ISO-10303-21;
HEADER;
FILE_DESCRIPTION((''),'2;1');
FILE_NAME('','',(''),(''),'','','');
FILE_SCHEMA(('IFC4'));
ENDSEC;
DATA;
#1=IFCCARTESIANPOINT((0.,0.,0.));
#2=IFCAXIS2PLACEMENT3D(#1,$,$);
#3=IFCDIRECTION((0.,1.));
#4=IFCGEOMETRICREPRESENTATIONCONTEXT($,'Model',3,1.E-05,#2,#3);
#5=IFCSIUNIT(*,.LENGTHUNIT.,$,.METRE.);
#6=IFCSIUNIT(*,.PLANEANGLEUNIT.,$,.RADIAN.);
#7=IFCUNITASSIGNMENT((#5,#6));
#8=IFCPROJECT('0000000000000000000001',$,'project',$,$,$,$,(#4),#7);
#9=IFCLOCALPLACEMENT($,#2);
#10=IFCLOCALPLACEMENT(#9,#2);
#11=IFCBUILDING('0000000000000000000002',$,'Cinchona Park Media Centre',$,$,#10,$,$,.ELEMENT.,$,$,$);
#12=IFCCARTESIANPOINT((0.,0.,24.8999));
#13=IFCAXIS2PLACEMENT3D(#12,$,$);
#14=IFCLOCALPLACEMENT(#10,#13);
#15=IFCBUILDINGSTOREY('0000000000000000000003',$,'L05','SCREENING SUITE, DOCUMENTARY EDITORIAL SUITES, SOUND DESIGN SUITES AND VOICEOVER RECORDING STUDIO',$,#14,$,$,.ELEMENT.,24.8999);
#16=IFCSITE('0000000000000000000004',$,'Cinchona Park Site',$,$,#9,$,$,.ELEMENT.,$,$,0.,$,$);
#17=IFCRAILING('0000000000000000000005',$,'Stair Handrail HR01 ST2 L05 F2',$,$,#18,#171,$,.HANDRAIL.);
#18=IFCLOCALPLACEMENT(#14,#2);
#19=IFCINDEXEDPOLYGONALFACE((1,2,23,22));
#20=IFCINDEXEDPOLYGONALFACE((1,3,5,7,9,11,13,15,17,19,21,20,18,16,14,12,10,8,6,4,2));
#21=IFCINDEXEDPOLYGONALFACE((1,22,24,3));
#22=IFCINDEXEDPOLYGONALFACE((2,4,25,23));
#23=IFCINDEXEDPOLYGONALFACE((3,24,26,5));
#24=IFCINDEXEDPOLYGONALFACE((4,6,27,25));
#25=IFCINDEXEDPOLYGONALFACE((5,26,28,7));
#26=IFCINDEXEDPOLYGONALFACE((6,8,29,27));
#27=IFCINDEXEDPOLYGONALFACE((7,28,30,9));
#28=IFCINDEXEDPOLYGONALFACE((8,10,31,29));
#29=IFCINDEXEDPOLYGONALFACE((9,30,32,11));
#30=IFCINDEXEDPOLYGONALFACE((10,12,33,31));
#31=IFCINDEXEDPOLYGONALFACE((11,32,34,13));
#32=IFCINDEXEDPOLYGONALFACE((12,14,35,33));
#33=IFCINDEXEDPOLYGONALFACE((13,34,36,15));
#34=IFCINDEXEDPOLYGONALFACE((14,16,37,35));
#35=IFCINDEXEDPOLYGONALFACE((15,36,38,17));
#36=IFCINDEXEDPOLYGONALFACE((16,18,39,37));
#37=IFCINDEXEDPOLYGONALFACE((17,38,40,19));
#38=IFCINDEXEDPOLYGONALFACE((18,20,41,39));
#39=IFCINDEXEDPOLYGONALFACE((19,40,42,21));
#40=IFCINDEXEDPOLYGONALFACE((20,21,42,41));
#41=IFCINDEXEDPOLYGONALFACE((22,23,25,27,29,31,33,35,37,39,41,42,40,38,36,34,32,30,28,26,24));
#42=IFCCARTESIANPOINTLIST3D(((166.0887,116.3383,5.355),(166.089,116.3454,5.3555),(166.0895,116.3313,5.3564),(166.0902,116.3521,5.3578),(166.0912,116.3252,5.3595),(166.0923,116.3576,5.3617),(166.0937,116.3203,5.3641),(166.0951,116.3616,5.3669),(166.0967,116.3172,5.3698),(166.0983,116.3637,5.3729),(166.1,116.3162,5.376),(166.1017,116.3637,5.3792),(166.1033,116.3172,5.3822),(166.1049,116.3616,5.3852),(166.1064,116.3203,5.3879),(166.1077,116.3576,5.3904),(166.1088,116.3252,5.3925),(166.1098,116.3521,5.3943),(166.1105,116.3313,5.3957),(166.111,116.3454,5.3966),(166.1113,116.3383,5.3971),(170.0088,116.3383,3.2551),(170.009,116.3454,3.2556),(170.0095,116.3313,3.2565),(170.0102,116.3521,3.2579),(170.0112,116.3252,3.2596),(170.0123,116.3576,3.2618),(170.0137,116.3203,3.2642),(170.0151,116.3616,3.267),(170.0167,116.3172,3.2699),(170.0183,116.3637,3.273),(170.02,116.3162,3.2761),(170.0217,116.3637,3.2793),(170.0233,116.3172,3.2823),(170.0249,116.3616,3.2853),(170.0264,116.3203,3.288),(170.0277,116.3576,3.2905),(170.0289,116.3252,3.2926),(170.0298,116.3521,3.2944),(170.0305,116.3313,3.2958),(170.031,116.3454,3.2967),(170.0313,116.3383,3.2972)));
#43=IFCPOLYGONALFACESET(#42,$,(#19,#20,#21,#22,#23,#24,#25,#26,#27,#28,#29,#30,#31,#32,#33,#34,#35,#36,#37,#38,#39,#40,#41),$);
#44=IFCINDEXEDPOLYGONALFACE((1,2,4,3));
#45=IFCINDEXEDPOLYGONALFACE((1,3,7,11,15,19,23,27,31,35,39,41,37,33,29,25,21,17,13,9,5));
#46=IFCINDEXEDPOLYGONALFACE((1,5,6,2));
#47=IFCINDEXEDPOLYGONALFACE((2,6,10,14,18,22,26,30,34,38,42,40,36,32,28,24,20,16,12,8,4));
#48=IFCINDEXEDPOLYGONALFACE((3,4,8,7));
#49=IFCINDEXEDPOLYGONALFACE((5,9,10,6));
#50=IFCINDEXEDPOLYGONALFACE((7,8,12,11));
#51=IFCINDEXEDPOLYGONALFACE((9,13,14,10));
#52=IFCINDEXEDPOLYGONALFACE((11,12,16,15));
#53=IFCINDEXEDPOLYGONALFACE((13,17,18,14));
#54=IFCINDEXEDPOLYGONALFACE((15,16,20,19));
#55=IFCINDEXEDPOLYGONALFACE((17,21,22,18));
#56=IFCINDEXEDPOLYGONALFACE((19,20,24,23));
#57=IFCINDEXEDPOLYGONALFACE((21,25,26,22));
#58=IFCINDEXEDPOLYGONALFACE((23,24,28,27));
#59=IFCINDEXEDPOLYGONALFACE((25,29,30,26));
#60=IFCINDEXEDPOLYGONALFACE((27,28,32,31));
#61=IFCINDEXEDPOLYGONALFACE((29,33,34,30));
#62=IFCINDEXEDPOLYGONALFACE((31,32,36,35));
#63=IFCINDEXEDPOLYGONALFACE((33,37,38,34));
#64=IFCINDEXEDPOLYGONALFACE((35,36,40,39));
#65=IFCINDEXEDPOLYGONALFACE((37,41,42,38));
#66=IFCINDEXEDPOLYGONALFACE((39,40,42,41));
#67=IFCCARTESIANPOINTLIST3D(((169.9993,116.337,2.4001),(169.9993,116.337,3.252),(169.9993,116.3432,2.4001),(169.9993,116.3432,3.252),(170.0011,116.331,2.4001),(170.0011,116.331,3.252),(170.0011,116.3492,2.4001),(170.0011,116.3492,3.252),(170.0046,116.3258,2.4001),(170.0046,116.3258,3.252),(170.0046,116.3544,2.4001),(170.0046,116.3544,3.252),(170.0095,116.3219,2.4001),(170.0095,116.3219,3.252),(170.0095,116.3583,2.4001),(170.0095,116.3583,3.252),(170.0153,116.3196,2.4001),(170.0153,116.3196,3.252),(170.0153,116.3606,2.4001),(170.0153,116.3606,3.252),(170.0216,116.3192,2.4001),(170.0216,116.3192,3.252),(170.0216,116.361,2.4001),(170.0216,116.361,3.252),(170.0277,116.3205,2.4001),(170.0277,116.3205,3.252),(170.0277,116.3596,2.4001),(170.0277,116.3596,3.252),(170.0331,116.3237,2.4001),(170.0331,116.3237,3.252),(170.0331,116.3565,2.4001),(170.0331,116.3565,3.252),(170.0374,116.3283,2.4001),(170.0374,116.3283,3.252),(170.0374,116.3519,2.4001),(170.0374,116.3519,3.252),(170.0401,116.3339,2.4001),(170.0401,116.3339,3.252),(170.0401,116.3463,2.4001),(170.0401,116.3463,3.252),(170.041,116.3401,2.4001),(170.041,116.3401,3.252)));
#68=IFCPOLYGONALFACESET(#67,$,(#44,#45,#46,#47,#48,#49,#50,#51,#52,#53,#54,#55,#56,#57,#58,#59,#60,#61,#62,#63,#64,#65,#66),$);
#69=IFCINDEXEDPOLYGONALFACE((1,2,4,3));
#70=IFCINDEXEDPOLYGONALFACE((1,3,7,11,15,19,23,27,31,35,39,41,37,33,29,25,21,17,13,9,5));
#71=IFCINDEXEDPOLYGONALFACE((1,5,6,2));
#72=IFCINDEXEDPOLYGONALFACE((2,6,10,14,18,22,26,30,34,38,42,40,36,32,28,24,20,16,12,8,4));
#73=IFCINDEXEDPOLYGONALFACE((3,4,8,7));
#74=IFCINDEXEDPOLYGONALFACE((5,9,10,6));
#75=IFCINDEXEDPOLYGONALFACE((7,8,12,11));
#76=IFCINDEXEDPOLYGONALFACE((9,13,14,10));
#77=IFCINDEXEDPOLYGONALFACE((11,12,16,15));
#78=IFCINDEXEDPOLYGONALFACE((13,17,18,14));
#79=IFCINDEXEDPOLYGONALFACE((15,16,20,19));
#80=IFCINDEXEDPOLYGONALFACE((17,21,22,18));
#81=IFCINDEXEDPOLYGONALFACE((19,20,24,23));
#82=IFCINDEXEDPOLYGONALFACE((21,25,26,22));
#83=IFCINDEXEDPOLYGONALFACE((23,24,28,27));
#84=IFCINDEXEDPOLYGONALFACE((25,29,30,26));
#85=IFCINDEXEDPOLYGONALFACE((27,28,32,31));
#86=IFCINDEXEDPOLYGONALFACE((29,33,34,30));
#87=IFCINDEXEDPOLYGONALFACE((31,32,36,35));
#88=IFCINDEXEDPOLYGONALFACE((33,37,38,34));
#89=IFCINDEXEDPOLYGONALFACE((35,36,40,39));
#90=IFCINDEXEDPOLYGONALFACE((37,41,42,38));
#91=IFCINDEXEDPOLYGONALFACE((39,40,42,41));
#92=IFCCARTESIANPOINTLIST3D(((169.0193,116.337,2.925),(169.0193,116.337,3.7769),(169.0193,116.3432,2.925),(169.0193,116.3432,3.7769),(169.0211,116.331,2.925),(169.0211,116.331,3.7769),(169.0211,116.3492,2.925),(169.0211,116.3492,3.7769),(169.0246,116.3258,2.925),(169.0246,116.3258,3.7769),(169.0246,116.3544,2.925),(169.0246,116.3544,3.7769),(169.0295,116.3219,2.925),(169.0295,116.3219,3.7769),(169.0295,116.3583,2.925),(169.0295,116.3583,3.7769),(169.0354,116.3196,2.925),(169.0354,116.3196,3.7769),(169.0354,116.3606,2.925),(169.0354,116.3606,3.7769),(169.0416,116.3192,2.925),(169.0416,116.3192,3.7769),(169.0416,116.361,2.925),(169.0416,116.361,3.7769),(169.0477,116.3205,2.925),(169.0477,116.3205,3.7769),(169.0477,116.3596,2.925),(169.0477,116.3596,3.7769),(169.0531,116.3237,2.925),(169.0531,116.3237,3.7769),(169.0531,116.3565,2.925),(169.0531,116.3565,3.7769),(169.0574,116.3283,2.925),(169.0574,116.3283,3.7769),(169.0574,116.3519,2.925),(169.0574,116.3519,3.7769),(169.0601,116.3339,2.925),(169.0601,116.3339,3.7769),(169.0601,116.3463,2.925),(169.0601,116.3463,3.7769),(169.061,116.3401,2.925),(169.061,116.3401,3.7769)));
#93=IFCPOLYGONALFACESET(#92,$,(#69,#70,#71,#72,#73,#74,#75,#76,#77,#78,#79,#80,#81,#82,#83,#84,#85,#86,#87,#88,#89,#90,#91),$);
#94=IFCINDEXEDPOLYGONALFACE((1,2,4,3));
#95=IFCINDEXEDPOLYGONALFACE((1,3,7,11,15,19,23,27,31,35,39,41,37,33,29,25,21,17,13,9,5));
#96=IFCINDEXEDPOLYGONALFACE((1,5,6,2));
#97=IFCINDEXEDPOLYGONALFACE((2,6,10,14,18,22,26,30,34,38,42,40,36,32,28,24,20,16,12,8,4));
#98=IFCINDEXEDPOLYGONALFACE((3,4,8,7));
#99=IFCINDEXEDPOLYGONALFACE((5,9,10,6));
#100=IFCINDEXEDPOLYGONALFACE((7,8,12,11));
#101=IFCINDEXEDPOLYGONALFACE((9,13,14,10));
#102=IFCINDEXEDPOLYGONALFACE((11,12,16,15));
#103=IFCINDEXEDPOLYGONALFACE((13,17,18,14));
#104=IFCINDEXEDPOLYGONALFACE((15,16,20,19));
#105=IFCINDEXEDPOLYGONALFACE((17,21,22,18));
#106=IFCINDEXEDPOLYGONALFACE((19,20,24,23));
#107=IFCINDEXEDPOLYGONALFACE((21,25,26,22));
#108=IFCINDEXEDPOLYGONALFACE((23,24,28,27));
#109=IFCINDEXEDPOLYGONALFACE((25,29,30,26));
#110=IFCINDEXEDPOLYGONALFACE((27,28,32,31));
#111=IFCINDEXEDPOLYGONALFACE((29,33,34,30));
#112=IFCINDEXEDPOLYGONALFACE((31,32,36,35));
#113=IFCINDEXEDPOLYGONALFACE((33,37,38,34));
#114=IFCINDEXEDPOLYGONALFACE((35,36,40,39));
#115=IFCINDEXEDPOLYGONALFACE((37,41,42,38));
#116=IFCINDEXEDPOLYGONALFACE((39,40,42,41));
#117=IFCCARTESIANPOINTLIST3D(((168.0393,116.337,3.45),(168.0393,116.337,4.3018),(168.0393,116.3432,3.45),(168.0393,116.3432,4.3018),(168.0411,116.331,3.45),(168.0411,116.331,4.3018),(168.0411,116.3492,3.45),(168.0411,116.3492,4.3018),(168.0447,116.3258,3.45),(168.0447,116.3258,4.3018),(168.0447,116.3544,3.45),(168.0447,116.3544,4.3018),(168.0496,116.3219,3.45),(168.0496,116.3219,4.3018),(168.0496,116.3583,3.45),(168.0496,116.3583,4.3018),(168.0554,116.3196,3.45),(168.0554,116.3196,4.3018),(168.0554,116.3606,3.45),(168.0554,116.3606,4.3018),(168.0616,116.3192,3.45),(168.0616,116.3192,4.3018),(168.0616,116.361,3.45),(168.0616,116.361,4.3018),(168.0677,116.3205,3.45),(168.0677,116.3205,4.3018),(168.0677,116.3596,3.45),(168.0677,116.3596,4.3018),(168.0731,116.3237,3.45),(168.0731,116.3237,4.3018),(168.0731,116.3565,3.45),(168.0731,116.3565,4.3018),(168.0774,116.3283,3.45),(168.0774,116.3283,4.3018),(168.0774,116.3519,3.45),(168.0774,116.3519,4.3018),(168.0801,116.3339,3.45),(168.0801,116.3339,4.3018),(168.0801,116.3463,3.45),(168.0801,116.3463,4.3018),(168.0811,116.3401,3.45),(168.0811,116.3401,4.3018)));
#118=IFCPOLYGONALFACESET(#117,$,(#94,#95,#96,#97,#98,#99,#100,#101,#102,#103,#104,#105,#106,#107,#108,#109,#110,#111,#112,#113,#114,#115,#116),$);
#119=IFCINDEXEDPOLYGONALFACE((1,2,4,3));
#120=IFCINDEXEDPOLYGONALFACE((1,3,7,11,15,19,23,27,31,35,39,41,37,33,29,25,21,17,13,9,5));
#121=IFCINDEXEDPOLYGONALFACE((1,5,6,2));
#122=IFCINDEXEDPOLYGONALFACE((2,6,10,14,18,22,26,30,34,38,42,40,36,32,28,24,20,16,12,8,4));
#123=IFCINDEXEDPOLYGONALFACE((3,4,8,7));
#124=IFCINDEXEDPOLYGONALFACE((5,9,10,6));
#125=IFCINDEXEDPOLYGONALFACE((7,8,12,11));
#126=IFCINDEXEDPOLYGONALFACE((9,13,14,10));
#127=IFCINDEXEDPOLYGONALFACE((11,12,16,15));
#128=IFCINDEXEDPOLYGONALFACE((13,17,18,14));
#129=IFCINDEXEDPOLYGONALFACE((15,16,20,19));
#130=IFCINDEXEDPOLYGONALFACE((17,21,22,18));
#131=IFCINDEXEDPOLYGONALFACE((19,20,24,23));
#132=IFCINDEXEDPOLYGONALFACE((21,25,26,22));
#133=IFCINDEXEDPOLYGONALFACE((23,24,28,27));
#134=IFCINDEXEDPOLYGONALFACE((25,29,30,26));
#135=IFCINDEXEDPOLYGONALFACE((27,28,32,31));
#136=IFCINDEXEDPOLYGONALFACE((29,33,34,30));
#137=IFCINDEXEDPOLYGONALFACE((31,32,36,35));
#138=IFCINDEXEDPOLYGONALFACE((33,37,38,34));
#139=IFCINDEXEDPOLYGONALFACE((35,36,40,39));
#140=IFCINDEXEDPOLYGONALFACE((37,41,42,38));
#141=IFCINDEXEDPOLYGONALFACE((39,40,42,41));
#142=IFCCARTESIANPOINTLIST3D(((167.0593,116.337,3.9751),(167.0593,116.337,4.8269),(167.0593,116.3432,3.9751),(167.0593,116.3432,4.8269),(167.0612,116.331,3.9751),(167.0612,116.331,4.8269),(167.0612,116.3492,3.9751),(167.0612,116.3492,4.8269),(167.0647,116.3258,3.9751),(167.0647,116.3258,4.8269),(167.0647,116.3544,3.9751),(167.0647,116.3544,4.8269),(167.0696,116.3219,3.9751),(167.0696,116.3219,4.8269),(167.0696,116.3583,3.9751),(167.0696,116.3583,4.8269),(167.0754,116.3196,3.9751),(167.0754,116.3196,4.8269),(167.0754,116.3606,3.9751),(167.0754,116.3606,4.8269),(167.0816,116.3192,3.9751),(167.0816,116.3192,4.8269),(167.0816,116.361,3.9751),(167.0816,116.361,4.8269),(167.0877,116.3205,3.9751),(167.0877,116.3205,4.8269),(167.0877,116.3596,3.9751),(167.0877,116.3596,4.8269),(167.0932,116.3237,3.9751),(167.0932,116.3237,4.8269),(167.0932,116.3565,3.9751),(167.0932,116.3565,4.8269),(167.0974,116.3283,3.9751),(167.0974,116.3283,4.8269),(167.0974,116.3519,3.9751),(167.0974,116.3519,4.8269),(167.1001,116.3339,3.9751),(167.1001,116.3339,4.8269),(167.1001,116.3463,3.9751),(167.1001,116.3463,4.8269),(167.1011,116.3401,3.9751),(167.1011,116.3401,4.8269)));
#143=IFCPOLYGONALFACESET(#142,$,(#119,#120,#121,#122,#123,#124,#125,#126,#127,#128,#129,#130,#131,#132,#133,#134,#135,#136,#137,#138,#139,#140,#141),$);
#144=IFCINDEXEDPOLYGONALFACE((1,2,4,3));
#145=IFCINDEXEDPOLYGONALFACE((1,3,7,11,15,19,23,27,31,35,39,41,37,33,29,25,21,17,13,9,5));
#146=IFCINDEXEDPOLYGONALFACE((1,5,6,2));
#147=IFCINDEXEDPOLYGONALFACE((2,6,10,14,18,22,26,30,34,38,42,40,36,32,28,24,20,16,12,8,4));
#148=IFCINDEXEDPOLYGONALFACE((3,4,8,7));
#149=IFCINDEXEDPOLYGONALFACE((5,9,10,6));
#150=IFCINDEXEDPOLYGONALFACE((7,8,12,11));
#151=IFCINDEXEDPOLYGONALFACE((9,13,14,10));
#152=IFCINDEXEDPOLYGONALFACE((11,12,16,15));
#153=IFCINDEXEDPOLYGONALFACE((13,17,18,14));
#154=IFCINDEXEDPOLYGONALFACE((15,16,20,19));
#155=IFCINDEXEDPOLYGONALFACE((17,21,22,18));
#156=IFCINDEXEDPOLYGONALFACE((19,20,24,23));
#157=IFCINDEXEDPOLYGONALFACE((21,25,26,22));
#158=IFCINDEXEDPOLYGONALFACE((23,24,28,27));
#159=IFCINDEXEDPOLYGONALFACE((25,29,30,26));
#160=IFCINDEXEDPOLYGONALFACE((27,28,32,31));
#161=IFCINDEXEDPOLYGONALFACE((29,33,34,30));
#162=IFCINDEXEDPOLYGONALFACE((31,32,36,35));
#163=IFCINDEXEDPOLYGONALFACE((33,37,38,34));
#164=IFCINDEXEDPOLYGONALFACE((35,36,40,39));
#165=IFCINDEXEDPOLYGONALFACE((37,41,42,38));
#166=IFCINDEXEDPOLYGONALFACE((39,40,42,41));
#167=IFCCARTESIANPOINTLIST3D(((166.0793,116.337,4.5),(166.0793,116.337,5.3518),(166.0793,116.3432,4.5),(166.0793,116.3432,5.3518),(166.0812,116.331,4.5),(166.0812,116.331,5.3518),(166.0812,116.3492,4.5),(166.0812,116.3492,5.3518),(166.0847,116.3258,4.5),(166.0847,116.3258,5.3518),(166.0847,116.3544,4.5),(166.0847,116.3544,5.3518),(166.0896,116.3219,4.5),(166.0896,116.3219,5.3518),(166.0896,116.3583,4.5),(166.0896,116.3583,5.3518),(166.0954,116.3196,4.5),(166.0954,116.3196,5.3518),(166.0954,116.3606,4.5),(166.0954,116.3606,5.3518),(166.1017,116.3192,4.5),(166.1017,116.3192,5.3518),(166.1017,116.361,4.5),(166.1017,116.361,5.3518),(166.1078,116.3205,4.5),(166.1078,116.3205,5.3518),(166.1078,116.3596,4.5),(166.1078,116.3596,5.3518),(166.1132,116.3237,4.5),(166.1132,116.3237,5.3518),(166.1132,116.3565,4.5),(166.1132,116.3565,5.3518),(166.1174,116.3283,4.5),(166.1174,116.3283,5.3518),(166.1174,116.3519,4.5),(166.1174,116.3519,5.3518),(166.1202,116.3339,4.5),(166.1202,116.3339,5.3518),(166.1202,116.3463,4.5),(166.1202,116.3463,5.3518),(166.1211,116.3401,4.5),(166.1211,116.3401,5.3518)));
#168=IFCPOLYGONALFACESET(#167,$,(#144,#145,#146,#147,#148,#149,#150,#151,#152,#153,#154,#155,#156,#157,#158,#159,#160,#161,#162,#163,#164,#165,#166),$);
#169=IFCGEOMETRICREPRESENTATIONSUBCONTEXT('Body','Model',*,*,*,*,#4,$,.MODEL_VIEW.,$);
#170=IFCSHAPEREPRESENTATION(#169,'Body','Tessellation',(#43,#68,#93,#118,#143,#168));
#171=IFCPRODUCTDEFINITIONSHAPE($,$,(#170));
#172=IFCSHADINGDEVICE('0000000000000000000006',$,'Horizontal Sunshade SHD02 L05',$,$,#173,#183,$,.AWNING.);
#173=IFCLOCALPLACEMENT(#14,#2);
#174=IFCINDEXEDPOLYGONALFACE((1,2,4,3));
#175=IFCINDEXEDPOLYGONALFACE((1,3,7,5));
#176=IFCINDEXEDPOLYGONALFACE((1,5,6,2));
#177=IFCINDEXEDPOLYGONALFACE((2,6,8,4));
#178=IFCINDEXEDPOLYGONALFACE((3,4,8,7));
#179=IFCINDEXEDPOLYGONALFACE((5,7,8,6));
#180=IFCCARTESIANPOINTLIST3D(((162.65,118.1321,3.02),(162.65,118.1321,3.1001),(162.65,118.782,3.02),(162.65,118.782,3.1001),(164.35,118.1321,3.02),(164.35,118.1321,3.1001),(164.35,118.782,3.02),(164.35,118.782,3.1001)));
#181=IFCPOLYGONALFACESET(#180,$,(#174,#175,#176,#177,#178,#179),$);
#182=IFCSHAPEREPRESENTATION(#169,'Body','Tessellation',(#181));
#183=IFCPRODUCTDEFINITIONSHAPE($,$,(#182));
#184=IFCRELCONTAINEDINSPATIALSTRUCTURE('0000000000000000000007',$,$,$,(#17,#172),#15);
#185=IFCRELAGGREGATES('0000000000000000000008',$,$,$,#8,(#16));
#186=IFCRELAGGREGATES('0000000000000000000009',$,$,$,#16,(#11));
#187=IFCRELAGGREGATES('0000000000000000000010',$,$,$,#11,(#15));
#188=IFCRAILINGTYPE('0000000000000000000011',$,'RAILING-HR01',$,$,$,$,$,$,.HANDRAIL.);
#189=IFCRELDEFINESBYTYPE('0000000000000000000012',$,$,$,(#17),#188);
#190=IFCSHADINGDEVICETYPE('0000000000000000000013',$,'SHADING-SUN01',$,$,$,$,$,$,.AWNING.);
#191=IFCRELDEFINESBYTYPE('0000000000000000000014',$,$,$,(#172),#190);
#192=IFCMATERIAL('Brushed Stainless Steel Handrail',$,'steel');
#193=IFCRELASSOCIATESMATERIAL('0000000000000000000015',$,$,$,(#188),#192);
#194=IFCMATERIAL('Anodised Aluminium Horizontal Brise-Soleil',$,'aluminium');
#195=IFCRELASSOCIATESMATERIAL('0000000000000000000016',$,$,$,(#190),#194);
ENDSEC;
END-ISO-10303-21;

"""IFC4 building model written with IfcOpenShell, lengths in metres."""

from ifc_helpers import new_model, si_unit, direction, frame, origin, origin_2d, place, context, subcontext, project, spatial, rectangle, circle, extrude, material, type_object, element, save


model = new_model("IFC4")

# Units and contexts
model_context = context("Model", 3, precision=1e-05, world=origin(), true_north=direction((0.0, 1.0)))
body_context = subcontext(model_context, "Body", "Model", "MODEL_VIEW")
ifc_project = project(units=[si_unit("LENGTHUNIT", "METRE"), si_unit("PLANEANGLEUNIT", "RADIAN")], contexts=[model_context])

# Site, building, storey
site_placement = place(None, origin())
site = spatial("IfcSite", under=ifc_project, at=site_placement, Name="Cinchona Park Site", CompositionType="ELEMENT", RefElevation=0.0)
building_placement = place(site_placement, origin())
building = spatial("IfcBuilding", under=site, at=building_placement, Name="Cinchona Park Media Centre", CompositionType="ELEMENT")
storey_placement = place(building_placement, frame((0.0, 0.0, 24.8999)))
storey = spatial("IfcBuildingStorey", under=building, at=storey_placement, Name="L05", Description="SCREENING SUITE, DOCUMENTARY EDITORIAL SUITES, SOUND DESIGN SUITES AND VOICEOVER RECORDING STUDIO", CompositionType="ELEMENT", Elevation=24.8999)

# Railing
ifc_material_1 = material(Name="Brushed Stainless Steel Handrail", Category="steel")
railing_type_1 = type_object("IfcRailingType", Name="RAILING-HR01", PredefinedType="HANDRAIL", material=ifc_material_1)
railing_1_placement = place(storey_placement, frame((170.02, 116.3401, 2.4001)))
element("IfcRailing", 1, at=railing_1_placement, inside=storey, type_object=railing_type_1, Name="Stair Handrail HR01 ST2 L05 F2", PredefinedType="HANDRAIL", context=body_context, shape_type="SweptSolid", body=[
    extrude(circle(Radius=0.0239, at=origin_2d()), frame((0.0, 0.0, 0.876), z_axis=(-0.88149, 0.0, 0.472203), x_axis=(0.0, -1.0, 0.0)), (0.0, 0.0, 1.0), 4.447),
    extrude(circle(Radius=0.021, at=origin_2d()), origin(), (0.0, 0.0, 1.0), 0.8518),
    extrude(circle(Radius=0.021, at=origin_2d()), frame((-0.98, 0.0, 0.5249)), (0.0, 0.0, 1.0), 0.8518),
    extrude(circle(Radius=0.021, at=origin_2d()), frame((-1.96, 0.0, 1.0498)), (0.0, 0.0, 1.0), 0.8518),
    extrude(circle(Radius=0.021, at=origin_2d()), frame((-2.9399, 0.0, 1.575)), (0.0, 0.0, 1.0), 0.8518),
    extrude(circle(Radius=0.021, at=origin_2d()), frame((-3.9199, 0.0, 2.0999)), (0.0, 0.0, 1.0), 0.8518),
])

# Shading device
ifc_material_2 = material(Name="Anodised Aluminium Horizontal Brise-Soleil", Category="aluminium")
shading_device_type = type_object("IfcShadingDeviceType", Name="SHADING-SUN01", PredefinedType="AWNING", material=ifc_material_2)
shading_device_placement = place(storey_placement, frame((163.5, 118.457, 3.02), z_axis=(0.0, 0.0, 1.0), x_axis=(1.0, 0.0, 0.0)))
element("IfcShadingDevice", 2, at=shading_device_placement, inside=storey, type_object=shading_device_type, Name="Horizontal Sunshade SHD02 L05", PredefinedType="AWNING", context=body_context, shape_type="SweptSolid", body=[
    extrude(rectangle(XDim=1.7, YDim=0.6499, at=origin_2d()), origin(), (0.0, 0.0, 1.0), 0.0801),
])

save(model, "model.ifc")
